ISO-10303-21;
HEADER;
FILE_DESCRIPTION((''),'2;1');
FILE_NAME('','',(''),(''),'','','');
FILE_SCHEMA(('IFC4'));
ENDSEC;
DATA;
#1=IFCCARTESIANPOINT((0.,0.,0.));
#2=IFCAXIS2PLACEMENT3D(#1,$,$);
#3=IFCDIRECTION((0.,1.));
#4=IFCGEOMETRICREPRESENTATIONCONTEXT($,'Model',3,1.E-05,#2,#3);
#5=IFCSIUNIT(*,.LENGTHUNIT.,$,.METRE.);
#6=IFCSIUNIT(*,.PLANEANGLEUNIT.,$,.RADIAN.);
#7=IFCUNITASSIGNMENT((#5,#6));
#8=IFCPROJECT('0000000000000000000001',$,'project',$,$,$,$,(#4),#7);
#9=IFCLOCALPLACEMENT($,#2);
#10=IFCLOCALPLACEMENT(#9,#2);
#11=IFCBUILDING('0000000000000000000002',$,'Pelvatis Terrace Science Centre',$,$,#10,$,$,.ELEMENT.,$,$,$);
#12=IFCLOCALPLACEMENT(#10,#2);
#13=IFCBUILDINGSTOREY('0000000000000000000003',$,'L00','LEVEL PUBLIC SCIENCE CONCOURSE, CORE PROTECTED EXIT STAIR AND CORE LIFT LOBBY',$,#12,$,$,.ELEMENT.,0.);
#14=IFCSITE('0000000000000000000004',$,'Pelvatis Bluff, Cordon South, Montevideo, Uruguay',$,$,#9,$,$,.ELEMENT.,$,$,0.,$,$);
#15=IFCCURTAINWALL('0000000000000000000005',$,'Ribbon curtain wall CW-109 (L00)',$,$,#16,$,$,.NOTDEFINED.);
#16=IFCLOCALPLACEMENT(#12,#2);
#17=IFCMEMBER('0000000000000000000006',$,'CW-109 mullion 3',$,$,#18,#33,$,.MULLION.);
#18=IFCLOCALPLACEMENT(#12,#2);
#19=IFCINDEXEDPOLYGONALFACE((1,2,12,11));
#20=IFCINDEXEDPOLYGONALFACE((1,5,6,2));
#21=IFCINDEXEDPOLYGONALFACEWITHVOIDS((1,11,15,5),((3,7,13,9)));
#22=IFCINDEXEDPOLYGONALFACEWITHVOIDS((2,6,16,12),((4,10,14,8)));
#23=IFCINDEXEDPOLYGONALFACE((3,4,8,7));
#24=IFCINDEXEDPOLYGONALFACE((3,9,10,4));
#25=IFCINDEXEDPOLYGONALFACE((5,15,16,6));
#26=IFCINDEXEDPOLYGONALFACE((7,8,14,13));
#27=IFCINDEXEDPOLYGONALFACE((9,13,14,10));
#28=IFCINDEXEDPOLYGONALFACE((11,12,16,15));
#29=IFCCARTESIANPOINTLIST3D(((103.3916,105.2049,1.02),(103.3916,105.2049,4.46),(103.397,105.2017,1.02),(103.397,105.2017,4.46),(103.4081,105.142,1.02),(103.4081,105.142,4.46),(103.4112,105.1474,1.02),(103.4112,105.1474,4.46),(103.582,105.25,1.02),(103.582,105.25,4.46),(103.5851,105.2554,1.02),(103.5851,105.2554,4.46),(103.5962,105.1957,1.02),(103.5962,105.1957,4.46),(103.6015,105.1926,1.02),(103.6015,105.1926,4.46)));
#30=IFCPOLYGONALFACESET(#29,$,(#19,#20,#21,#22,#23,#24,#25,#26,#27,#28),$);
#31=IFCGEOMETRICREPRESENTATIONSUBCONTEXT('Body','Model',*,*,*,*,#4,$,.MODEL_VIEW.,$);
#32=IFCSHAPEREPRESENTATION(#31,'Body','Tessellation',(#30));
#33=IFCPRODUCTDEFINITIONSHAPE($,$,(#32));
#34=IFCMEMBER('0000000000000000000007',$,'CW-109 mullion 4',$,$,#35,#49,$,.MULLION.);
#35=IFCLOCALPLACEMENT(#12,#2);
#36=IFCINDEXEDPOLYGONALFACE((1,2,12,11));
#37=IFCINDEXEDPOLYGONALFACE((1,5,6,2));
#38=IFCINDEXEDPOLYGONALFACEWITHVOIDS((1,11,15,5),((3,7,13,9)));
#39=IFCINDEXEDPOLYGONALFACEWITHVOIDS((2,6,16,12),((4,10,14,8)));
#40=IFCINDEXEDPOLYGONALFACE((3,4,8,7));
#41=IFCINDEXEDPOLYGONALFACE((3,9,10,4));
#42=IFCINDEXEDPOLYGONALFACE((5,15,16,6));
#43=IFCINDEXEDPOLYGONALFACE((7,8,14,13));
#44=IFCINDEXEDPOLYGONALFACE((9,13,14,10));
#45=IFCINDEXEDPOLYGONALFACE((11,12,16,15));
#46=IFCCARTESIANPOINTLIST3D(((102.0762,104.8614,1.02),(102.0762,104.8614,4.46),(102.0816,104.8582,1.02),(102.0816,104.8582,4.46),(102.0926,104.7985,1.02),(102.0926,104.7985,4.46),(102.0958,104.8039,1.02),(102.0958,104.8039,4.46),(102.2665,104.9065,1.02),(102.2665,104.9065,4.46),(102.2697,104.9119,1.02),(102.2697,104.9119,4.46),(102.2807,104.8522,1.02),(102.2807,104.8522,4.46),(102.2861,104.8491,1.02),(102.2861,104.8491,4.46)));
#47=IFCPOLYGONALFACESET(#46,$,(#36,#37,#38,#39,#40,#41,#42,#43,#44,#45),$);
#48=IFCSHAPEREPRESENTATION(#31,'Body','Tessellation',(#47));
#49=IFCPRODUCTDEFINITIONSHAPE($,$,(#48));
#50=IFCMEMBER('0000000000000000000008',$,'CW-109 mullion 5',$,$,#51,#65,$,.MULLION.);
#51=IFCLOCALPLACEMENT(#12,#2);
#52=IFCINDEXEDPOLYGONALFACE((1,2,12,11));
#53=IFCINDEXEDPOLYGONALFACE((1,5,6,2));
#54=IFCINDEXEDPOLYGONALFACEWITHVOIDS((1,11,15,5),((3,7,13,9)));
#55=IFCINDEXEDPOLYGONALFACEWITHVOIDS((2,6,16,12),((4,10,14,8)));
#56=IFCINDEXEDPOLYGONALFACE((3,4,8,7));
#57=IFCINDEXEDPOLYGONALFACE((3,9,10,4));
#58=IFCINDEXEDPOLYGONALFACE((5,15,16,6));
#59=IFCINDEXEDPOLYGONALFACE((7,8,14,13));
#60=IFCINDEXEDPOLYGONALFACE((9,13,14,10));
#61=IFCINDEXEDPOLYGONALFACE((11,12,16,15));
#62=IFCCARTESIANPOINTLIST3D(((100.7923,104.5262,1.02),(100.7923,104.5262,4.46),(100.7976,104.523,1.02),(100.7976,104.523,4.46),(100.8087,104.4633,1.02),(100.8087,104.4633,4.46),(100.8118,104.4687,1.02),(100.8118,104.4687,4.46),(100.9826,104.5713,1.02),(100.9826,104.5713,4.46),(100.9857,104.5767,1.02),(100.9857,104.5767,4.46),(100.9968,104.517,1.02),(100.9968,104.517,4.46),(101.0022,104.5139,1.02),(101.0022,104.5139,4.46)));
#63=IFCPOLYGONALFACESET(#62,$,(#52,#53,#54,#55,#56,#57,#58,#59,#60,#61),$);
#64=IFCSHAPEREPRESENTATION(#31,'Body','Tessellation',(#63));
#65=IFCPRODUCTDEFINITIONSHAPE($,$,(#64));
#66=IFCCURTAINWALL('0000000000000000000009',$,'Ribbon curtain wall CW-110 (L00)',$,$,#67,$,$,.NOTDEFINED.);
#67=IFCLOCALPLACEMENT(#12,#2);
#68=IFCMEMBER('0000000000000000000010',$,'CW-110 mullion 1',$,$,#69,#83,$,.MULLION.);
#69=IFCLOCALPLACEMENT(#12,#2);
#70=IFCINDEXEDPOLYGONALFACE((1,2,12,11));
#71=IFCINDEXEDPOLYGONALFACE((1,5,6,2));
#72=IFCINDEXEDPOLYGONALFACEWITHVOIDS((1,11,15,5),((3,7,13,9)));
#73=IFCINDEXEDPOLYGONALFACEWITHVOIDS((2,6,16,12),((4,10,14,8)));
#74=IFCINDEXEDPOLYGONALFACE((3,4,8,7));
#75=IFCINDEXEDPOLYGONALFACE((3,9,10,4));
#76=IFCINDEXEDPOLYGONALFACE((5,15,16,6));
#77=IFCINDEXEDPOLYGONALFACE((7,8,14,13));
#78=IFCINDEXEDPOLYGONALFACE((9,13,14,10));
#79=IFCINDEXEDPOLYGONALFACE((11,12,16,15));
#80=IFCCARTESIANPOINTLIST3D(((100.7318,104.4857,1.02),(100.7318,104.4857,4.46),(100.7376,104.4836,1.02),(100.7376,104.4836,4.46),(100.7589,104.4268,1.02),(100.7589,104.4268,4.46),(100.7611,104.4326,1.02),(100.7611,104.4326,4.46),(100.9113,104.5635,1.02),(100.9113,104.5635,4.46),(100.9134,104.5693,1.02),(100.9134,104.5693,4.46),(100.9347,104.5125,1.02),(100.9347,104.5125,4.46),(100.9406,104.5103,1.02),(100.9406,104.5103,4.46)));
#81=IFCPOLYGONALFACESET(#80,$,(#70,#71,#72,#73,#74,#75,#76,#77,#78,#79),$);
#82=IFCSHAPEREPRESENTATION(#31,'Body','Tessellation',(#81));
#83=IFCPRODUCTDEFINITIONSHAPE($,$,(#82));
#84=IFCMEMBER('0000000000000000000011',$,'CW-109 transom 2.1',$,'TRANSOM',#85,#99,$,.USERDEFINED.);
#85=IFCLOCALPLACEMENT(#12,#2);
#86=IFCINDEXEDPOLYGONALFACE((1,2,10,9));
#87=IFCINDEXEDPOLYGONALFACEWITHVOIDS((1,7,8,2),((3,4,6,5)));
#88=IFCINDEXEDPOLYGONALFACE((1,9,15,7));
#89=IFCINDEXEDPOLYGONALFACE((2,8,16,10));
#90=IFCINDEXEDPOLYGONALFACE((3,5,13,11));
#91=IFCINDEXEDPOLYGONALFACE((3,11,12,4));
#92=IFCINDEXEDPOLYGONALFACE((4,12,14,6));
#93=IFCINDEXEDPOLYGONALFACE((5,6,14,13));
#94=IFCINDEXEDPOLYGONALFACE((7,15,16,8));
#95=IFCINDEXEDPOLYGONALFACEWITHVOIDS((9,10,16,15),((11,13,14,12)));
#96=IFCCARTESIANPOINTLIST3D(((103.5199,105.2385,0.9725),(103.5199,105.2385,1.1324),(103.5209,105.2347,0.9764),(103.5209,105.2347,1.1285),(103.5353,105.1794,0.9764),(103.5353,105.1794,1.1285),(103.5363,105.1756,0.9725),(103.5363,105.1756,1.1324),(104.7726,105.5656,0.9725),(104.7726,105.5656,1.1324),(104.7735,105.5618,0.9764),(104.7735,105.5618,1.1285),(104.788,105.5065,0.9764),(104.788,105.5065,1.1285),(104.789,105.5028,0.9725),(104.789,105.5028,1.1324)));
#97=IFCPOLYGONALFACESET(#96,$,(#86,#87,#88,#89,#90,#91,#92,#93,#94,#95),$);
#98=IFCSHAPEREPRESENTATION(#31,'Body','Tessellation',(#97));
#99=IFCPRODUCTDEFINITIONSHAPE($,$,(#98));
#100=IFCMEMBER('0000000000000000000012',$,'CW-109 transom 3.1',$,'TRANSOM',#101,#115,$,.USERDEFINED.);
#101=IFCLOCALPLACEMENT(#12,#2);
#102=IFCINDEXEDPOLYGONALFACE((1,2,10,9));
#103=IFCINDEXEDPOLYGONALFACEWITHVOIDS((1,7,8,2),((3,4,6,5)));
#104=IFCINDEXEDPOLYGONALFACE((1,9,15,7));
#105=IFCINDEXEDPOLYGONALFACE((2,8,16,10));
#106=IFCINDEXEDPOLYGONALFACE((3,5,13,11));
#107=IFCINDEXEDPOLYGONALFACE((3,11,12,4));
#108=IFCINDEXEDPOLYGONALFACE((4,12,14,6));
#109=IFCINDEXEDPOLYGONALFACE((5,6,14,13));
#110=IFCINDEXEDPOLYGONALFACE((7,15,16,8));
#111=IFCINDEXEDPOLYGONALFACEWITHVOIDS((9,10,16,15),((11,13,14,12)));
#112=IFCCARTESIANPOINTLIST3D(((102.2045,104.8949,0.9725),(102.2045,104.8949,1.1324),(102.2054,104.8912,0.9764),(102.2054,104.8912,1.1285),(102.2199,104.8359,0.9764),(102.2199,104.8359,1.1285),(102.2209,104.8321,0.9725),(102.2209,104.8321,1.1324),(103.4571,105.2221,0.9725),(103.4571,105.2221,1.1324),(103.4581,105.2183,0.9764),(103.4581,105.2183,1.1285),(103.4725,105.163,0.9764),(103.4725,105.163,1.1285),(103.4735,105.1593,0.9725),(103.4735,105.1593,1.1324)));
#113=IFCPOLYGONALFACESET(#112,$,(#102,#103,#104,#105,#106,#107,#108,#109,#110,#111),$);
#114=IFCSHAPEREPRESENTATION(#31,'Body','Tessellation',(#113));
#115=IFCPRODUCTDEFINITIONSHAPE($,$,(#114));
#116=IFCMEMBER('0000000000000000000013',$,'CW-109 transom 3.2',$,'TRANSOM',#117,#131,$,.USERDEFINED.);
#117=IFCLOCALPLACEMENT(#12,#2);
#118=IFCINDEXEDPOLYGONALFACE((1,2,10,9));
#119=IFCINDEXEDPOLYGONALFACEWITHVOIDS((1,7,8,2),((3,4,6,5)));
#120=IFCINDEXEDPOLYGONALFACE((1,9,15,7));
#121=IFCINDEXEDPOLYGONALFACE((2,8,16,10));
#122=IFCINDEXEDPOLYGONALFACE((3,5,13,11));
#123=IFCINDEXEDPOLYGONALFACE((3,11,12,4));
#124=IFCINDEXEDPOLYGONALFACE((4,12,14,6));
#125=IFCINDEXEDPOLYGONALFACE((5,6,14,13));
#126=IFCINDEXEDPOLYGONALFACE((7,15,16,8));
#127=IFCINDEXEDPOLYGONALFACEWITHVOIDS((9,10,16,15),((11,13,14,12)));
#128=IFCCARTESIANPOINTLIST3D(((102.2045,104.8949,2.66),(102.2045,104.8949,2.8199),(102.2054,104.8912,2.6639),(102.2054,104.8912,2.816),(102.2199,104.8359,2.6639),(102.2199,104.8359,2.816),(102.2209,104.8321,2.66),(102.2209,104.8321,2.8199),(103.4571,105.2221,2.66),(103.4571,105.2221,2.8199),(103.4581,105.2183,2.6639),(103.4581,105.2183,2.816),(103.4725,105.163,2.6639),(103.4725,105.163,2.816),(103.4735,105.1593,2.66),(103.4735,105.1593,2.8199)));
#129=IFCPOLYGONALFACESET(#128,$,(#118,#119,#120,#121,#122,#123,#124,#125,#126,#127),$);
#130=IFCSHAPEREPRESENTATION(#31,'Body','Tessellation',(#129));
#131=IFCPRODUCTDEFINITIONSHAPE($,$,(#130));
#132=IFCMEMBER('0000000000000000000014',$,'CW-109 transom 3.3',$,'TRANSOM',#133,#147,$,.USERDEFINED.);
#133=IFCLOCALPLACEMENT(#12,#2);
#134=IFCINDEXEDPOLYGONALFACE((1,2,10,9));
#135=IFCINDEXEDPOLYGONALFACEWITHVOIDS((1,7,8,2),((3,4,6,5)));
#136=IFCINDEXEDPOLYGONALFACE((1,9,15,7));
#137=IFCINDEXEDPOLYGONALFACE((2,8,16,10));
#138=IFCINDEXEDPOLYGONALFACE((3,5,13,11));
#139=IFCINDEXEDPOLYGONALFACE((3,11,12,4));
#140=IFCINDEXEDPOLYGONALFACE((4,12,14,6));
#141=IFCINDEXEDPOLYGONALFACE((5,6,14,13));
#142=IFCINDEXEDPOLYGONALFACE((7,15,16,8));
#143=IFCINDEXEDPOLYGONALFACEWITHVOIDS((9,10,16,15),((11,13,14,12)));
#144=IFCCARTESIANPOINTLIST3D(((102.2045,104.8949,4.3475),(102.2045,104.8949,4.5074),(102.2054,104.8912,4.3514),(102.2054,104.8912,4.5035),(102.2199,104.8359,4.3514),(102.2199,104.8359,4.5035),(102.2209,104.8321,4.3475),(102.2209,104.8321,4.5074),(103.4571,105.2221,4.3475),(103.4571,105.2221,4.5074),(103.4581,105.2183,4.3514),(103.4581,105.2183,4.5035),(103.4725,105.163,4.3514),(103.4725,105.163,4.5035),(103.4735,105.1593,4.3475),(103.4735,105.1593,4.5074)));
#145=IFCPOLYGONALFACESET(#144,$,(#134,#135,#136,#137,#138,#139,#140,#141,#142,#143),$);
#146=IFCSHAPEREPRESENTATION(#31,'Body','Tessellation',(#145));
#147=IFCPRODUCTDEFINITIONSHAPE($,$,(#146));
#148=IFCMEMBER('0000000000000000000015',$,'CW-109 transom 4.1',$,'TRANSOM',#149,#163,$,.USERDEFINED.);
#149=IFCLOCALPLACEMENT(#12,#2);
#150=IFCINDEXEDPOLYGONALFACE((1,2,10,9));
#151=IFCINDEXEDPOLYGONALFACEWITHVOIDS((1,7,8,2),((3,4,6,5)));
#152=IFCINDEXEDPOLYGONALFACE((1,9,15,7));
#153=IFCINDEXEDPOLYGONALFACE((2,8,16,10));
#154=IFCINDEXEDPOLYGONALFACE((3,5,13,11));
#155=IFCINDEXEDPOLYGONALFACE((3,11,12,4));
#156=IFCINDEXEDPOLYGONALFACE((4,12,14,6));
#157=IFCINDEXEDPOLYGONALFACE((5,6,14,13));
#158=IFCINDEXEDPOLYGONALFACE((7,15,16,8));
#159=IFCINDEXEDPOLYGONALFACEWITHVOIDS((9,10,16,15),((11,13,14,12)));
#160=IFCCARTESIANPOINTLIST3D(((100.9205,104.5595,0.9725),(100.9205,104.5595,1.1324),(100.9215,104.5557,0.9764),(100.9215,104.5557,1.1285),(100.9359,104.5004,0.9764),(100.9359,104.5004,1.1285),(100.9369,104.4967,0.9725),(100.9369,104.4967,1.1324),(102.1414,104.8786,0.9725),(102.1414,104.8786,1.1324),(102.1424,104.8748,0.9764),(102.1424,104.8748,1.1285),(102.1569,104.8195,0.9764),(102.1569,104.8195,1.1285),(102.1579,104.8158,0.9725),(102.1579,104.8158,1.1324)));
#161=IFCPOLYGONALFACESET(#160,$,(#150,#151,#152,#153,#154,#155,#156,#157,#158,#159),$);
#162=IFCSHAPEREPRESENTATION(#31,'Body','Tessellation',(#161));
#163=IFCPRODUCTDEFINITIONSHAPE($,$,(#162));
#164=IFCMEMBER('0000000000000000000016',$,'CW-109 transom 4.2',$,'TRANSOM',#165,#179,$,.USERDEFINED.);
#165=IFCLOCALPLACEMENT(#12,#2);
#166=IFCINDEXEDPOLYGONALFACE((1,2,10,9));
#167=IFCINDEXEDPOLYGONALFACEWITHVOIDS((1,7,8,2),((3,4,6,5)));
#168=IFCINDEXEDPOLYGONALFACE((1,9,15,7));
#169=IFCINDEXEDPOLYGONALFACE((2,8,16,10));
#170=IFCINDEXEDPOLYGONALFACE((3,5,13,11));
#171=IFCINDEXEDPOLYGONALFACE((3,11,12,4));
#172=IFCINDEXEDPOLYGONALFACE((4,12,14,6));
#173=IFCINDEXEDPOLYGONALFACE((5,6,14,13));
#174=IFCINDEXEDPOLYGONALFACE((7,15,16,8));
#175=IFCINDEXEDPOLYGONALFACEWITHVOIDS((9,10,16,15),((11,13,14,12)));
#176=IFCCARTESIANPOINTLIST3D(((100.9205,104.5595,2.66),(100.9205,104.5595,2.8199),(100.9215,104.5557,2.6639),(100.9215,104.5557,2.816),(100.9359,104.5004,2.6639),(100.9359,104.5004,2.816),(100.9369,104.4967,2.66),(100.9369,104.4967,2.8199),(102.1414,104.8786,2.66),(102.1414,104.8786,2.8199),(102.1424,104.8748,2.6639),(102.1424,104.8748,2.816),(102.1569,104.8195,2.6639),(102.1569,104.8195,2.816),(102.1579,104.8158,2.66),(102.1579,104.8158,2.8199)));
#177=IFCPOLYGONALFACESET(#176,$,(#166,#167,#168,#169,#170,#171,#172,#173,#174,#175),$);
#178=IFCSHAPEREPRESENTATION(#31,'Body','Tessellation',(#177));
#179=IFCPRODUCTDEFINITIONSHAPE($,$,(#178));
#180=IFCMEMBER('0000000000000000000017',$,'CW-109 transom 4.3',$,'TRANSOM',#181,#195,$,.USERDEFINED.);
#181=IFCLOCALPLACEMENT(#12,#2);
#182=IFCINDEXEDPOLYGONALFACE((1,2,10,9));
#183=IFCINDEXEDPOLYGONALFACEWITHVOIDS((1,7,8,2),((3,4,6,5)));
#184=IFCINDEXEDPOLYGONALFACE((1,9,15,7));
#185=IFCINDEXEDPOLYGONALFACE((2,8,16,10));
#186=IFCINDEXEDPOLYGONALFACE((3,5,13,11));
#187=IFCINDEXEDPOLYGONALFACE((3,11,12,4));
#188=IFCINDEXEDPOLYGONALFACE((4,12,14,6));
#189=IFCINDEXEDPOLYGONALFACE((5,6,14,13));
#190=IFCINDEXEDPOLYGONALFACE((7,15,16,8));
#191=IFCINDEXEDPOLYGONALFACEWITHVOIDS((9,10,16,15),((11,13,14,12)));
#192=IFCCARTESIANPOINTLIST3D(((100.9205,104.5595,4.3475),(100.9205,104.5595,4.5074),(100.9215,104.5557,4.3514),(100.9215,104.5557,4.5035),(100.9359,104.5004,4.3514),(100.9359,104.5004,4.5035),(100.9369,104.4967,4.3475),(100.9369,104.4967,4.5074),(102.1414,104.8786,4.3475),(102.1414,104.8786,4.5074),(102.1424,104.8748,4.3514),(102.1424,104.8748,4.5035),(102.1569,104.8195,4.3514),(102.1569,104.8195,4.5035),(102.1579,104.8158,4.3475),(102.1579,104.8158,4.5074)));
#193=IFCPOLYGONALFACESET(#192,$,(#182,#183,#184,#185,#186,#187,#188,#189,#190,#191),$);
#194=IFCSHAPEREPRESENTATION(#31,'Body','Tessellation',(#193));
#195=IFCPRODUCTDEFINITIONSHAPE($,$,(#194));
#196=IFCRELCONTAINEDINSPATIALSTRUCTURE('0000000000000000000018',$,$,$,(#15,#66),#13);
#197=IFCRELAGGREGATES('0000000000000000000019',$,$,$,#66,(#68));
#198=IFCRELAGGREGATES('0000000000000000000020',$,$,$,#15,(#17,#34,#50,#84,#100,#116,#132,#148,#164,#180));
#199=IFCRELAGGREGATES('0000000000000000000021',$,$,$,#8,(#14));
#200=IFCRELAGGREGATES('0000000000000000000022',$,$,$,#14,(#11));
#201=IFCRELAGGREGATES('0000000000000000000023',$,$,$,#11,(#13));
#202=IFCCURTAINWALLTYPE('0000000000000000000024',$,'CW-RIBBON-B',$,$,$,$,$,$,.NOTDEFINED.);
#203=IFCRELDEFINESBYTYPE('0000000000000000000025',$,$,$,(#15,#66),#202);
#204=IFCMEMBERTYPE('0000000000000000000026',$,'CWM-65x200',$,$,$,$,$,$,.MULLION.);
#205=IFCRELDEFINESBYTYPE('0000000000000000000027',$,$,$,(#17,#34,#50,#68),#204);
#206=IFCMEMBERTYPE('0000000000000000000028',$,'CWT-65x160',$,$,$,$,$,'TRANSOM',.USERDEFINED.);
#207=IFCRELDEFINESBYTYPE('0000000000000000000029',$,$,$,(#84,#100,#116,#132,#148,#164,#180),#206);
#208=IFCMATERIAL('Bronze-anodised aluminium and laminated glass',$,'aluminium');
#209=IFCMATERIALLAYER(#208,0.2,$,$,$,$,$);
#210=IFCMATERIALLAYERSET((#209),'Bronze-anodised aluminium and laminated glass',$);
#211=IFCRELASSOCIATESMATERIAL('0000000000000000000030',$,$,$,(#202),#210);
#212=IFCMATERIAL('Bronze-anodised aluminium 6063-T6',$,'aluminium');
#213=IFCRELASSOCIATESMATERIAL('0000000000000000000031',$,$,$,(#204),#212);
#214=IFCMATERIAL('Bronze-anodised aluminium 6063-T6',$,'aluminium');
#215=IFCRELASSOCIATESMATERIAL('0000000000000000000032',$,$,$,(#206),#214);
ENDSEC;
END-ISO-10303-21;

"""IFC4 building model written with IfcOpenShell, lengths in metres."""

from ifc_helpers import new_model, si_unit, direction, frame, origin, origin_2d, place, context, subcontext, project, spatial, hollow_rectangle, extrude, material, layer, layer_set, material_profile, profile_set, type_object, element, aggregate, save


model = new_model("IFC4")

# Units and contexts
model_context = context("Model", 3, precision=1e-05, world=origin(), true_north=direction((0.0, 1.0)))
body_context = subcontext(model_context, "Body", "Model", "MODEL_VIEW")
ifc_project = project(units=[si_unit("LENGTHUNIT", "METRE"), si_unit("PLANEANGLEUNIT", "RADIAN")], contexts=[model_context])

# Site, building, storey
site_placement = place(None, origin())
site = spatial("IfcSite", under=ifc_project, at=site_placement, Name="Pelvatis Bluff, Cordon South, Montevideo, Uruguay", CompositionType="ELEMENT", RefElevation=0.0)
building_placement = place(site_placement, origin())
building = spatial("IfcBuilding", under=site, at=building_placement, Name="Pelvatis Terrace Science Centre", CompositionType="ELEMENT")
storey_placement = place(building_placement, origin())
storey = spatial("IfcBuildingStorey", under=building, at=storey_placement, Name="L00", Description="LEVEL PUBLIC SCIENCE CONCOURSE, CORE PROTECTED EXIT STAIR AND CORE LIFT LOBBY", CompositionType="ELEMENT", Elevation=0.0)

# Curtain wall, members
ifc_material_1 = material(Name="Bronze-anodised aluminium and laminated glass", Category="aluminium")
ifc_layer_1 = layer(ifc_material_1, 0.2)
ifc_layer_set_1 = layer_set([ifc_layer_1], Name="Bronze-anodised aluminium and laminated glass")
curtain_wall_type = type_object("IfcCurtainWallType", Name="CW-RIBBON-B", PredefinedType="NOTDEFINED", material=ifc_layer_set_1)
curtain_wall_1_placement = place(storey_placement, origin())
curtain_wall_1 = element("IfcCurtainWall", 1, at=curtain_wall_1_placement, inside=storey, type_object=curtain_wall_type, Name="Ribbon curtain wall CW-109 (L00)", PredefinedType="NOTDEFINED")
ifc_material_2 = material(Name="Bronze-anodised aluminium 6063-T6", Category="aluminium")
ifc_material_profile_1 = material_profile(ifc_material_2, hollow_rectangle(XDim=0.0649, YDim=0.2, WallThickness=0.0044, at=origin_2d()), Name="ALU-MUL 65x200")
ifc_profile_set_1 = profile_set([ifc_material_profile_1], Name="Bronze-anodised aluminium 6063-T6")
member_type_1 = type_object("IfcMemberType", Name="CWM-65x200", PredefinedType="MULLION", material=ifc_profile_set_1)
member_1_placement = place(storey_placement, frame((103.4966, 105.1987, 1.02), z_axis=(0.0, 0.0, 1.0), x_axis=(0.252698, -0.967545, 0.0)))
member_1 = element("IfcMember", 2, at=member_1_placement, type_object=member_type_1, Name="CW-109 mullion 3", PredefinedType="MULLION", context=body_context, shape_type="SweptSolid", body=[
    extrude(hollow_rectangle(XDim=0.0649, YDim=0.2, WallThickness=0.0044, at=origin_2d()), origin(), (0.0, 0.0, 1.0), 3.4399),
])
member_2_placement = place(storey_placement, frame((102.1812, 104.8552, 1.02), z_axis=(0.0, 0.0, 1.0), x_axis=(0.252698, -0.967545, 0.0)))
member_2 = element("IfcMember", 3, at=member_2_placement, type_object=member_type_1, Name="CW-109 mullion 4", PredefinedType="MULLION", context=body_context, shape_type="SweptSolid", body=[
    extrude(hollow_rectangle(XDim=0.0649, YDim=0.2, WallThickness=0.0044, at=origin_2d()), origin(), (0.0, 0.0, 1.0), 3.4399),
])
member_3_placement = place(storey_placement, frame((100.8972, 104.52, 1.02), z_axis=(0.0, 0.0, 1.0), x_axis=(0.252698, -0.967545, 0.0)))
member_3 = element("IfcMember", 4, at=member_3_placement, type_object=member_type_1, Name="CW-109 mullion 5", PredefinedType="MULLION", context=body_context, shape_type="SweptSolid", body=[
    extrude(hollow_rectangle(XDim=0.0649, YDim=0.2, WallThickness=0.0044, at=origin_2d()), origin(), (0.0, 0.0, 1.0), 3.4399),
])

# Curtain wall, member
curtain_wall_2_placement = place(storey_placement, origin())
curtain_wall_2 = element("IfcCurtainWall", 5, at=curtain_wall_2_placement, inside=storey, type_object=curtain_wall_type, Name="Ribbon curtain wall CW-110 (L00)", PredefinedType="NOTDEFINED")
member_4_placement = place(storey_placement, frame((100.8362, 104.498, 1.02), z_axis=(0.0, 0.0, 1.0), x_axis=(0.418057, -0.908421, 0.0)))
member_4 = element("IfcMember", 6, at=member_4_placement, type_object=member_type_1, Name="CW-110 mullion 1", PredefinedType="MULLION", context=body_context, shape_type="SweptSolid", body=[
    extrude(hollow_rectangle(XDim=0.0649, YDim=0.2, WallThickness=0.0044, at=origin_2d()), origin(), (0.0, 0.0, 1.0), 3.4399),
])

# Members
ifc_material_3 = material(Name="Bronze-anodised aluminium 6063-T6", Category="aluminium")
ifc_material_profile_2 = material_profile(ifc_material_3, hollow_rectangle(XDim=0.0649, YDim=0.1599, WallThickness=0.0039, at=origin_2d()), Name="ALU-TRN 65x160")
ifc_profile_set_2 = profile_set([ifc_material_profile_2], Name="Bronze-anodised aluminium 6063-T6")
member_type_2 = type_object("IfcMemberType", Name="CWT-65x160", ElementType="TRANSOM", PredefinedType="USERDEFINED", material=ifc_profile_set_2)
member_5_placement = place(storey_placement, frame((104.7808, 105.5342, 1.0525), z_axis=(-0.967549, -0.252683, 0.0), x_axis=(0.252683, -0.967549, 0.0)))
member_5 = element("IfcMember", 7, at=member_5_placement, type_object=member_type_2, Name="CW-109 transom 2.1", ObjectType="TRANSOM", PredefinedType="USERDEFINED", context=body_context, shape_type="SweptSolid", body=[
    extrude(hollow_rectangle(XDim=0.0649, YDim=0.1599, WallThickness=0.0039, at=origin_2d()), origin(), (0.0, 0.0, 1.0), 1.2947),
])
member_6_placement = place(storey_placement, frame((103.4653, 105.1907, 1.0525), z_axis=(-0.967549, -0.252683, 0.0), x_axis=(0.252683, -0.967549, 0.0)))
member_6 = element("IfcMember", 8, at=member_6_placement, type_object=member_type_2, Name="CW-109 transom 3.1", ObjectType="TRANSOM", PredefinedType="USERDEFINED", context=body_context, shape_type="SweptSolid", body=[
    extrude(hollow_rectangle(XDim=0.0649, YDim=0.1599, WallThickness=0.0039, at=origin_2d()), origin(), (0.0, 0.0, 1.0), 1.2947),
])
member_7_placement = place(storey_placement, frame((103.4653, 105.1907, 2.74), z_axis=(-0.967549, -0.252683, 0.0), x_axis=(0.252683, -0.967549, 0.0)))
member_7 = element("IfcMember", 9, at=member_7_placement, type_object=member_type_2, Name="CW-109 transom 3.2", ObjectType="TRANSOM", PredefinedType="USERDEFINED", context=body_context, shape_type="SweptSolid", body=[
    extrude(hollow_rectangle(XDim=0.0649, YDim=0.1599, WallThickness=0.0039, at=origin_2d()), origin(), (0.0, 0.0, 1.0), 1.2947),
])
member_8_placement = place(storey_placement, frame((103.4653, 105.1907, 4.4275), z_axis=(-0.967549, -0.252683, 0.0), x_axis=(0.252683, -0.967549, 0.0)))
member_8 = element("IfcMember", 10, at=member_8_placement, type_object=member_type_2, Name="CW-109 transom 3.3", ObjectType="TRANSOM", PredefinedType="USERDEFINED", context=body_context, shape_type="SweptSolid", body=[
    extrude(hollow_rectangle(XDim=0.0649, YDim=0.1599, WallThickness=0.0039, at=origin_2d()), origin(), (0.0, 0.0, 1.0), 1.2947),
])
member_9_placement = place(storey_placement, frame((102.1497, 104.8472, 1.0525), z_axis=(-0.967504, -0.252855, 0.0), x_axis=(0.252855, -0.967504, 0.0)))
member_9 = element("IfcMember", 11, at=member_9_placement, type_object=member_type_2, Name="CW-109 transom 4.1", ObjectType="TRANSOM", PredefinedType="USERDEFINED", context=body_context, shape_type="SweptSolid", body=[
    extrude(hollow_rectangle(XDim=0.0649, YDim=0.1599, WallThickness=0.0039, at=origin_2d()), origin(), (0.0, 0.0, 1.0), 1.262),
])
member_10_placement = place(storey_placement, frame((102.1497, 104.8472, 2.74), z_axis=(-0.967504, -0.252855, 0.0), x_axis=(0.252855, -0.967504, 0.0)))
member_10 = element("IfcMember", 12, at=member_10_placement, type_object=member_type_2, Name="CW-109 transom 4.2", ObjectType="TRANSOM", PredefinedType="USERDEFINED", context=body_context, shape_type="SweptSolid", body=[
    extrude(hollow_rectangle(XDim=0.0649, YDim=0.1599, WallThickness=0.0039, at=origin_2d()), origin(), (0.0, 0.0, 1.0), 1.262),
])
member_11_placement = place(storey_placement, frame((102.1497, 104.8472, 4.4275), z_axis=(-0.967504, -0.252855, 0.0), x_axis=(0.252855, -0.967504, 0.0)))
member_11 = element("IfcMember", 13, at=member_11_placement, type_object=member_type_2, Name="CW-109 transom 4.3", ObjectType="TRANSOM", PredefinedType="USERDEFINED", context=body_context, shape_type="SweptSolid", body=[
    extrude(hollow_rectangle(XDim=0.0649, YDim=0.1599, WallThickness=0.0039, at=origin_2d()), origin(), (0.0, 0.0, 1.0), 1.262),
])
aggregate(curtain_wall_2, [member_4])

aggregate(curtain_wall_1, [member_1, member_2, member_3, member_5, member_6, member_7, member_8, member_9, member_10, member_11])

save(model, "model.ifc")
